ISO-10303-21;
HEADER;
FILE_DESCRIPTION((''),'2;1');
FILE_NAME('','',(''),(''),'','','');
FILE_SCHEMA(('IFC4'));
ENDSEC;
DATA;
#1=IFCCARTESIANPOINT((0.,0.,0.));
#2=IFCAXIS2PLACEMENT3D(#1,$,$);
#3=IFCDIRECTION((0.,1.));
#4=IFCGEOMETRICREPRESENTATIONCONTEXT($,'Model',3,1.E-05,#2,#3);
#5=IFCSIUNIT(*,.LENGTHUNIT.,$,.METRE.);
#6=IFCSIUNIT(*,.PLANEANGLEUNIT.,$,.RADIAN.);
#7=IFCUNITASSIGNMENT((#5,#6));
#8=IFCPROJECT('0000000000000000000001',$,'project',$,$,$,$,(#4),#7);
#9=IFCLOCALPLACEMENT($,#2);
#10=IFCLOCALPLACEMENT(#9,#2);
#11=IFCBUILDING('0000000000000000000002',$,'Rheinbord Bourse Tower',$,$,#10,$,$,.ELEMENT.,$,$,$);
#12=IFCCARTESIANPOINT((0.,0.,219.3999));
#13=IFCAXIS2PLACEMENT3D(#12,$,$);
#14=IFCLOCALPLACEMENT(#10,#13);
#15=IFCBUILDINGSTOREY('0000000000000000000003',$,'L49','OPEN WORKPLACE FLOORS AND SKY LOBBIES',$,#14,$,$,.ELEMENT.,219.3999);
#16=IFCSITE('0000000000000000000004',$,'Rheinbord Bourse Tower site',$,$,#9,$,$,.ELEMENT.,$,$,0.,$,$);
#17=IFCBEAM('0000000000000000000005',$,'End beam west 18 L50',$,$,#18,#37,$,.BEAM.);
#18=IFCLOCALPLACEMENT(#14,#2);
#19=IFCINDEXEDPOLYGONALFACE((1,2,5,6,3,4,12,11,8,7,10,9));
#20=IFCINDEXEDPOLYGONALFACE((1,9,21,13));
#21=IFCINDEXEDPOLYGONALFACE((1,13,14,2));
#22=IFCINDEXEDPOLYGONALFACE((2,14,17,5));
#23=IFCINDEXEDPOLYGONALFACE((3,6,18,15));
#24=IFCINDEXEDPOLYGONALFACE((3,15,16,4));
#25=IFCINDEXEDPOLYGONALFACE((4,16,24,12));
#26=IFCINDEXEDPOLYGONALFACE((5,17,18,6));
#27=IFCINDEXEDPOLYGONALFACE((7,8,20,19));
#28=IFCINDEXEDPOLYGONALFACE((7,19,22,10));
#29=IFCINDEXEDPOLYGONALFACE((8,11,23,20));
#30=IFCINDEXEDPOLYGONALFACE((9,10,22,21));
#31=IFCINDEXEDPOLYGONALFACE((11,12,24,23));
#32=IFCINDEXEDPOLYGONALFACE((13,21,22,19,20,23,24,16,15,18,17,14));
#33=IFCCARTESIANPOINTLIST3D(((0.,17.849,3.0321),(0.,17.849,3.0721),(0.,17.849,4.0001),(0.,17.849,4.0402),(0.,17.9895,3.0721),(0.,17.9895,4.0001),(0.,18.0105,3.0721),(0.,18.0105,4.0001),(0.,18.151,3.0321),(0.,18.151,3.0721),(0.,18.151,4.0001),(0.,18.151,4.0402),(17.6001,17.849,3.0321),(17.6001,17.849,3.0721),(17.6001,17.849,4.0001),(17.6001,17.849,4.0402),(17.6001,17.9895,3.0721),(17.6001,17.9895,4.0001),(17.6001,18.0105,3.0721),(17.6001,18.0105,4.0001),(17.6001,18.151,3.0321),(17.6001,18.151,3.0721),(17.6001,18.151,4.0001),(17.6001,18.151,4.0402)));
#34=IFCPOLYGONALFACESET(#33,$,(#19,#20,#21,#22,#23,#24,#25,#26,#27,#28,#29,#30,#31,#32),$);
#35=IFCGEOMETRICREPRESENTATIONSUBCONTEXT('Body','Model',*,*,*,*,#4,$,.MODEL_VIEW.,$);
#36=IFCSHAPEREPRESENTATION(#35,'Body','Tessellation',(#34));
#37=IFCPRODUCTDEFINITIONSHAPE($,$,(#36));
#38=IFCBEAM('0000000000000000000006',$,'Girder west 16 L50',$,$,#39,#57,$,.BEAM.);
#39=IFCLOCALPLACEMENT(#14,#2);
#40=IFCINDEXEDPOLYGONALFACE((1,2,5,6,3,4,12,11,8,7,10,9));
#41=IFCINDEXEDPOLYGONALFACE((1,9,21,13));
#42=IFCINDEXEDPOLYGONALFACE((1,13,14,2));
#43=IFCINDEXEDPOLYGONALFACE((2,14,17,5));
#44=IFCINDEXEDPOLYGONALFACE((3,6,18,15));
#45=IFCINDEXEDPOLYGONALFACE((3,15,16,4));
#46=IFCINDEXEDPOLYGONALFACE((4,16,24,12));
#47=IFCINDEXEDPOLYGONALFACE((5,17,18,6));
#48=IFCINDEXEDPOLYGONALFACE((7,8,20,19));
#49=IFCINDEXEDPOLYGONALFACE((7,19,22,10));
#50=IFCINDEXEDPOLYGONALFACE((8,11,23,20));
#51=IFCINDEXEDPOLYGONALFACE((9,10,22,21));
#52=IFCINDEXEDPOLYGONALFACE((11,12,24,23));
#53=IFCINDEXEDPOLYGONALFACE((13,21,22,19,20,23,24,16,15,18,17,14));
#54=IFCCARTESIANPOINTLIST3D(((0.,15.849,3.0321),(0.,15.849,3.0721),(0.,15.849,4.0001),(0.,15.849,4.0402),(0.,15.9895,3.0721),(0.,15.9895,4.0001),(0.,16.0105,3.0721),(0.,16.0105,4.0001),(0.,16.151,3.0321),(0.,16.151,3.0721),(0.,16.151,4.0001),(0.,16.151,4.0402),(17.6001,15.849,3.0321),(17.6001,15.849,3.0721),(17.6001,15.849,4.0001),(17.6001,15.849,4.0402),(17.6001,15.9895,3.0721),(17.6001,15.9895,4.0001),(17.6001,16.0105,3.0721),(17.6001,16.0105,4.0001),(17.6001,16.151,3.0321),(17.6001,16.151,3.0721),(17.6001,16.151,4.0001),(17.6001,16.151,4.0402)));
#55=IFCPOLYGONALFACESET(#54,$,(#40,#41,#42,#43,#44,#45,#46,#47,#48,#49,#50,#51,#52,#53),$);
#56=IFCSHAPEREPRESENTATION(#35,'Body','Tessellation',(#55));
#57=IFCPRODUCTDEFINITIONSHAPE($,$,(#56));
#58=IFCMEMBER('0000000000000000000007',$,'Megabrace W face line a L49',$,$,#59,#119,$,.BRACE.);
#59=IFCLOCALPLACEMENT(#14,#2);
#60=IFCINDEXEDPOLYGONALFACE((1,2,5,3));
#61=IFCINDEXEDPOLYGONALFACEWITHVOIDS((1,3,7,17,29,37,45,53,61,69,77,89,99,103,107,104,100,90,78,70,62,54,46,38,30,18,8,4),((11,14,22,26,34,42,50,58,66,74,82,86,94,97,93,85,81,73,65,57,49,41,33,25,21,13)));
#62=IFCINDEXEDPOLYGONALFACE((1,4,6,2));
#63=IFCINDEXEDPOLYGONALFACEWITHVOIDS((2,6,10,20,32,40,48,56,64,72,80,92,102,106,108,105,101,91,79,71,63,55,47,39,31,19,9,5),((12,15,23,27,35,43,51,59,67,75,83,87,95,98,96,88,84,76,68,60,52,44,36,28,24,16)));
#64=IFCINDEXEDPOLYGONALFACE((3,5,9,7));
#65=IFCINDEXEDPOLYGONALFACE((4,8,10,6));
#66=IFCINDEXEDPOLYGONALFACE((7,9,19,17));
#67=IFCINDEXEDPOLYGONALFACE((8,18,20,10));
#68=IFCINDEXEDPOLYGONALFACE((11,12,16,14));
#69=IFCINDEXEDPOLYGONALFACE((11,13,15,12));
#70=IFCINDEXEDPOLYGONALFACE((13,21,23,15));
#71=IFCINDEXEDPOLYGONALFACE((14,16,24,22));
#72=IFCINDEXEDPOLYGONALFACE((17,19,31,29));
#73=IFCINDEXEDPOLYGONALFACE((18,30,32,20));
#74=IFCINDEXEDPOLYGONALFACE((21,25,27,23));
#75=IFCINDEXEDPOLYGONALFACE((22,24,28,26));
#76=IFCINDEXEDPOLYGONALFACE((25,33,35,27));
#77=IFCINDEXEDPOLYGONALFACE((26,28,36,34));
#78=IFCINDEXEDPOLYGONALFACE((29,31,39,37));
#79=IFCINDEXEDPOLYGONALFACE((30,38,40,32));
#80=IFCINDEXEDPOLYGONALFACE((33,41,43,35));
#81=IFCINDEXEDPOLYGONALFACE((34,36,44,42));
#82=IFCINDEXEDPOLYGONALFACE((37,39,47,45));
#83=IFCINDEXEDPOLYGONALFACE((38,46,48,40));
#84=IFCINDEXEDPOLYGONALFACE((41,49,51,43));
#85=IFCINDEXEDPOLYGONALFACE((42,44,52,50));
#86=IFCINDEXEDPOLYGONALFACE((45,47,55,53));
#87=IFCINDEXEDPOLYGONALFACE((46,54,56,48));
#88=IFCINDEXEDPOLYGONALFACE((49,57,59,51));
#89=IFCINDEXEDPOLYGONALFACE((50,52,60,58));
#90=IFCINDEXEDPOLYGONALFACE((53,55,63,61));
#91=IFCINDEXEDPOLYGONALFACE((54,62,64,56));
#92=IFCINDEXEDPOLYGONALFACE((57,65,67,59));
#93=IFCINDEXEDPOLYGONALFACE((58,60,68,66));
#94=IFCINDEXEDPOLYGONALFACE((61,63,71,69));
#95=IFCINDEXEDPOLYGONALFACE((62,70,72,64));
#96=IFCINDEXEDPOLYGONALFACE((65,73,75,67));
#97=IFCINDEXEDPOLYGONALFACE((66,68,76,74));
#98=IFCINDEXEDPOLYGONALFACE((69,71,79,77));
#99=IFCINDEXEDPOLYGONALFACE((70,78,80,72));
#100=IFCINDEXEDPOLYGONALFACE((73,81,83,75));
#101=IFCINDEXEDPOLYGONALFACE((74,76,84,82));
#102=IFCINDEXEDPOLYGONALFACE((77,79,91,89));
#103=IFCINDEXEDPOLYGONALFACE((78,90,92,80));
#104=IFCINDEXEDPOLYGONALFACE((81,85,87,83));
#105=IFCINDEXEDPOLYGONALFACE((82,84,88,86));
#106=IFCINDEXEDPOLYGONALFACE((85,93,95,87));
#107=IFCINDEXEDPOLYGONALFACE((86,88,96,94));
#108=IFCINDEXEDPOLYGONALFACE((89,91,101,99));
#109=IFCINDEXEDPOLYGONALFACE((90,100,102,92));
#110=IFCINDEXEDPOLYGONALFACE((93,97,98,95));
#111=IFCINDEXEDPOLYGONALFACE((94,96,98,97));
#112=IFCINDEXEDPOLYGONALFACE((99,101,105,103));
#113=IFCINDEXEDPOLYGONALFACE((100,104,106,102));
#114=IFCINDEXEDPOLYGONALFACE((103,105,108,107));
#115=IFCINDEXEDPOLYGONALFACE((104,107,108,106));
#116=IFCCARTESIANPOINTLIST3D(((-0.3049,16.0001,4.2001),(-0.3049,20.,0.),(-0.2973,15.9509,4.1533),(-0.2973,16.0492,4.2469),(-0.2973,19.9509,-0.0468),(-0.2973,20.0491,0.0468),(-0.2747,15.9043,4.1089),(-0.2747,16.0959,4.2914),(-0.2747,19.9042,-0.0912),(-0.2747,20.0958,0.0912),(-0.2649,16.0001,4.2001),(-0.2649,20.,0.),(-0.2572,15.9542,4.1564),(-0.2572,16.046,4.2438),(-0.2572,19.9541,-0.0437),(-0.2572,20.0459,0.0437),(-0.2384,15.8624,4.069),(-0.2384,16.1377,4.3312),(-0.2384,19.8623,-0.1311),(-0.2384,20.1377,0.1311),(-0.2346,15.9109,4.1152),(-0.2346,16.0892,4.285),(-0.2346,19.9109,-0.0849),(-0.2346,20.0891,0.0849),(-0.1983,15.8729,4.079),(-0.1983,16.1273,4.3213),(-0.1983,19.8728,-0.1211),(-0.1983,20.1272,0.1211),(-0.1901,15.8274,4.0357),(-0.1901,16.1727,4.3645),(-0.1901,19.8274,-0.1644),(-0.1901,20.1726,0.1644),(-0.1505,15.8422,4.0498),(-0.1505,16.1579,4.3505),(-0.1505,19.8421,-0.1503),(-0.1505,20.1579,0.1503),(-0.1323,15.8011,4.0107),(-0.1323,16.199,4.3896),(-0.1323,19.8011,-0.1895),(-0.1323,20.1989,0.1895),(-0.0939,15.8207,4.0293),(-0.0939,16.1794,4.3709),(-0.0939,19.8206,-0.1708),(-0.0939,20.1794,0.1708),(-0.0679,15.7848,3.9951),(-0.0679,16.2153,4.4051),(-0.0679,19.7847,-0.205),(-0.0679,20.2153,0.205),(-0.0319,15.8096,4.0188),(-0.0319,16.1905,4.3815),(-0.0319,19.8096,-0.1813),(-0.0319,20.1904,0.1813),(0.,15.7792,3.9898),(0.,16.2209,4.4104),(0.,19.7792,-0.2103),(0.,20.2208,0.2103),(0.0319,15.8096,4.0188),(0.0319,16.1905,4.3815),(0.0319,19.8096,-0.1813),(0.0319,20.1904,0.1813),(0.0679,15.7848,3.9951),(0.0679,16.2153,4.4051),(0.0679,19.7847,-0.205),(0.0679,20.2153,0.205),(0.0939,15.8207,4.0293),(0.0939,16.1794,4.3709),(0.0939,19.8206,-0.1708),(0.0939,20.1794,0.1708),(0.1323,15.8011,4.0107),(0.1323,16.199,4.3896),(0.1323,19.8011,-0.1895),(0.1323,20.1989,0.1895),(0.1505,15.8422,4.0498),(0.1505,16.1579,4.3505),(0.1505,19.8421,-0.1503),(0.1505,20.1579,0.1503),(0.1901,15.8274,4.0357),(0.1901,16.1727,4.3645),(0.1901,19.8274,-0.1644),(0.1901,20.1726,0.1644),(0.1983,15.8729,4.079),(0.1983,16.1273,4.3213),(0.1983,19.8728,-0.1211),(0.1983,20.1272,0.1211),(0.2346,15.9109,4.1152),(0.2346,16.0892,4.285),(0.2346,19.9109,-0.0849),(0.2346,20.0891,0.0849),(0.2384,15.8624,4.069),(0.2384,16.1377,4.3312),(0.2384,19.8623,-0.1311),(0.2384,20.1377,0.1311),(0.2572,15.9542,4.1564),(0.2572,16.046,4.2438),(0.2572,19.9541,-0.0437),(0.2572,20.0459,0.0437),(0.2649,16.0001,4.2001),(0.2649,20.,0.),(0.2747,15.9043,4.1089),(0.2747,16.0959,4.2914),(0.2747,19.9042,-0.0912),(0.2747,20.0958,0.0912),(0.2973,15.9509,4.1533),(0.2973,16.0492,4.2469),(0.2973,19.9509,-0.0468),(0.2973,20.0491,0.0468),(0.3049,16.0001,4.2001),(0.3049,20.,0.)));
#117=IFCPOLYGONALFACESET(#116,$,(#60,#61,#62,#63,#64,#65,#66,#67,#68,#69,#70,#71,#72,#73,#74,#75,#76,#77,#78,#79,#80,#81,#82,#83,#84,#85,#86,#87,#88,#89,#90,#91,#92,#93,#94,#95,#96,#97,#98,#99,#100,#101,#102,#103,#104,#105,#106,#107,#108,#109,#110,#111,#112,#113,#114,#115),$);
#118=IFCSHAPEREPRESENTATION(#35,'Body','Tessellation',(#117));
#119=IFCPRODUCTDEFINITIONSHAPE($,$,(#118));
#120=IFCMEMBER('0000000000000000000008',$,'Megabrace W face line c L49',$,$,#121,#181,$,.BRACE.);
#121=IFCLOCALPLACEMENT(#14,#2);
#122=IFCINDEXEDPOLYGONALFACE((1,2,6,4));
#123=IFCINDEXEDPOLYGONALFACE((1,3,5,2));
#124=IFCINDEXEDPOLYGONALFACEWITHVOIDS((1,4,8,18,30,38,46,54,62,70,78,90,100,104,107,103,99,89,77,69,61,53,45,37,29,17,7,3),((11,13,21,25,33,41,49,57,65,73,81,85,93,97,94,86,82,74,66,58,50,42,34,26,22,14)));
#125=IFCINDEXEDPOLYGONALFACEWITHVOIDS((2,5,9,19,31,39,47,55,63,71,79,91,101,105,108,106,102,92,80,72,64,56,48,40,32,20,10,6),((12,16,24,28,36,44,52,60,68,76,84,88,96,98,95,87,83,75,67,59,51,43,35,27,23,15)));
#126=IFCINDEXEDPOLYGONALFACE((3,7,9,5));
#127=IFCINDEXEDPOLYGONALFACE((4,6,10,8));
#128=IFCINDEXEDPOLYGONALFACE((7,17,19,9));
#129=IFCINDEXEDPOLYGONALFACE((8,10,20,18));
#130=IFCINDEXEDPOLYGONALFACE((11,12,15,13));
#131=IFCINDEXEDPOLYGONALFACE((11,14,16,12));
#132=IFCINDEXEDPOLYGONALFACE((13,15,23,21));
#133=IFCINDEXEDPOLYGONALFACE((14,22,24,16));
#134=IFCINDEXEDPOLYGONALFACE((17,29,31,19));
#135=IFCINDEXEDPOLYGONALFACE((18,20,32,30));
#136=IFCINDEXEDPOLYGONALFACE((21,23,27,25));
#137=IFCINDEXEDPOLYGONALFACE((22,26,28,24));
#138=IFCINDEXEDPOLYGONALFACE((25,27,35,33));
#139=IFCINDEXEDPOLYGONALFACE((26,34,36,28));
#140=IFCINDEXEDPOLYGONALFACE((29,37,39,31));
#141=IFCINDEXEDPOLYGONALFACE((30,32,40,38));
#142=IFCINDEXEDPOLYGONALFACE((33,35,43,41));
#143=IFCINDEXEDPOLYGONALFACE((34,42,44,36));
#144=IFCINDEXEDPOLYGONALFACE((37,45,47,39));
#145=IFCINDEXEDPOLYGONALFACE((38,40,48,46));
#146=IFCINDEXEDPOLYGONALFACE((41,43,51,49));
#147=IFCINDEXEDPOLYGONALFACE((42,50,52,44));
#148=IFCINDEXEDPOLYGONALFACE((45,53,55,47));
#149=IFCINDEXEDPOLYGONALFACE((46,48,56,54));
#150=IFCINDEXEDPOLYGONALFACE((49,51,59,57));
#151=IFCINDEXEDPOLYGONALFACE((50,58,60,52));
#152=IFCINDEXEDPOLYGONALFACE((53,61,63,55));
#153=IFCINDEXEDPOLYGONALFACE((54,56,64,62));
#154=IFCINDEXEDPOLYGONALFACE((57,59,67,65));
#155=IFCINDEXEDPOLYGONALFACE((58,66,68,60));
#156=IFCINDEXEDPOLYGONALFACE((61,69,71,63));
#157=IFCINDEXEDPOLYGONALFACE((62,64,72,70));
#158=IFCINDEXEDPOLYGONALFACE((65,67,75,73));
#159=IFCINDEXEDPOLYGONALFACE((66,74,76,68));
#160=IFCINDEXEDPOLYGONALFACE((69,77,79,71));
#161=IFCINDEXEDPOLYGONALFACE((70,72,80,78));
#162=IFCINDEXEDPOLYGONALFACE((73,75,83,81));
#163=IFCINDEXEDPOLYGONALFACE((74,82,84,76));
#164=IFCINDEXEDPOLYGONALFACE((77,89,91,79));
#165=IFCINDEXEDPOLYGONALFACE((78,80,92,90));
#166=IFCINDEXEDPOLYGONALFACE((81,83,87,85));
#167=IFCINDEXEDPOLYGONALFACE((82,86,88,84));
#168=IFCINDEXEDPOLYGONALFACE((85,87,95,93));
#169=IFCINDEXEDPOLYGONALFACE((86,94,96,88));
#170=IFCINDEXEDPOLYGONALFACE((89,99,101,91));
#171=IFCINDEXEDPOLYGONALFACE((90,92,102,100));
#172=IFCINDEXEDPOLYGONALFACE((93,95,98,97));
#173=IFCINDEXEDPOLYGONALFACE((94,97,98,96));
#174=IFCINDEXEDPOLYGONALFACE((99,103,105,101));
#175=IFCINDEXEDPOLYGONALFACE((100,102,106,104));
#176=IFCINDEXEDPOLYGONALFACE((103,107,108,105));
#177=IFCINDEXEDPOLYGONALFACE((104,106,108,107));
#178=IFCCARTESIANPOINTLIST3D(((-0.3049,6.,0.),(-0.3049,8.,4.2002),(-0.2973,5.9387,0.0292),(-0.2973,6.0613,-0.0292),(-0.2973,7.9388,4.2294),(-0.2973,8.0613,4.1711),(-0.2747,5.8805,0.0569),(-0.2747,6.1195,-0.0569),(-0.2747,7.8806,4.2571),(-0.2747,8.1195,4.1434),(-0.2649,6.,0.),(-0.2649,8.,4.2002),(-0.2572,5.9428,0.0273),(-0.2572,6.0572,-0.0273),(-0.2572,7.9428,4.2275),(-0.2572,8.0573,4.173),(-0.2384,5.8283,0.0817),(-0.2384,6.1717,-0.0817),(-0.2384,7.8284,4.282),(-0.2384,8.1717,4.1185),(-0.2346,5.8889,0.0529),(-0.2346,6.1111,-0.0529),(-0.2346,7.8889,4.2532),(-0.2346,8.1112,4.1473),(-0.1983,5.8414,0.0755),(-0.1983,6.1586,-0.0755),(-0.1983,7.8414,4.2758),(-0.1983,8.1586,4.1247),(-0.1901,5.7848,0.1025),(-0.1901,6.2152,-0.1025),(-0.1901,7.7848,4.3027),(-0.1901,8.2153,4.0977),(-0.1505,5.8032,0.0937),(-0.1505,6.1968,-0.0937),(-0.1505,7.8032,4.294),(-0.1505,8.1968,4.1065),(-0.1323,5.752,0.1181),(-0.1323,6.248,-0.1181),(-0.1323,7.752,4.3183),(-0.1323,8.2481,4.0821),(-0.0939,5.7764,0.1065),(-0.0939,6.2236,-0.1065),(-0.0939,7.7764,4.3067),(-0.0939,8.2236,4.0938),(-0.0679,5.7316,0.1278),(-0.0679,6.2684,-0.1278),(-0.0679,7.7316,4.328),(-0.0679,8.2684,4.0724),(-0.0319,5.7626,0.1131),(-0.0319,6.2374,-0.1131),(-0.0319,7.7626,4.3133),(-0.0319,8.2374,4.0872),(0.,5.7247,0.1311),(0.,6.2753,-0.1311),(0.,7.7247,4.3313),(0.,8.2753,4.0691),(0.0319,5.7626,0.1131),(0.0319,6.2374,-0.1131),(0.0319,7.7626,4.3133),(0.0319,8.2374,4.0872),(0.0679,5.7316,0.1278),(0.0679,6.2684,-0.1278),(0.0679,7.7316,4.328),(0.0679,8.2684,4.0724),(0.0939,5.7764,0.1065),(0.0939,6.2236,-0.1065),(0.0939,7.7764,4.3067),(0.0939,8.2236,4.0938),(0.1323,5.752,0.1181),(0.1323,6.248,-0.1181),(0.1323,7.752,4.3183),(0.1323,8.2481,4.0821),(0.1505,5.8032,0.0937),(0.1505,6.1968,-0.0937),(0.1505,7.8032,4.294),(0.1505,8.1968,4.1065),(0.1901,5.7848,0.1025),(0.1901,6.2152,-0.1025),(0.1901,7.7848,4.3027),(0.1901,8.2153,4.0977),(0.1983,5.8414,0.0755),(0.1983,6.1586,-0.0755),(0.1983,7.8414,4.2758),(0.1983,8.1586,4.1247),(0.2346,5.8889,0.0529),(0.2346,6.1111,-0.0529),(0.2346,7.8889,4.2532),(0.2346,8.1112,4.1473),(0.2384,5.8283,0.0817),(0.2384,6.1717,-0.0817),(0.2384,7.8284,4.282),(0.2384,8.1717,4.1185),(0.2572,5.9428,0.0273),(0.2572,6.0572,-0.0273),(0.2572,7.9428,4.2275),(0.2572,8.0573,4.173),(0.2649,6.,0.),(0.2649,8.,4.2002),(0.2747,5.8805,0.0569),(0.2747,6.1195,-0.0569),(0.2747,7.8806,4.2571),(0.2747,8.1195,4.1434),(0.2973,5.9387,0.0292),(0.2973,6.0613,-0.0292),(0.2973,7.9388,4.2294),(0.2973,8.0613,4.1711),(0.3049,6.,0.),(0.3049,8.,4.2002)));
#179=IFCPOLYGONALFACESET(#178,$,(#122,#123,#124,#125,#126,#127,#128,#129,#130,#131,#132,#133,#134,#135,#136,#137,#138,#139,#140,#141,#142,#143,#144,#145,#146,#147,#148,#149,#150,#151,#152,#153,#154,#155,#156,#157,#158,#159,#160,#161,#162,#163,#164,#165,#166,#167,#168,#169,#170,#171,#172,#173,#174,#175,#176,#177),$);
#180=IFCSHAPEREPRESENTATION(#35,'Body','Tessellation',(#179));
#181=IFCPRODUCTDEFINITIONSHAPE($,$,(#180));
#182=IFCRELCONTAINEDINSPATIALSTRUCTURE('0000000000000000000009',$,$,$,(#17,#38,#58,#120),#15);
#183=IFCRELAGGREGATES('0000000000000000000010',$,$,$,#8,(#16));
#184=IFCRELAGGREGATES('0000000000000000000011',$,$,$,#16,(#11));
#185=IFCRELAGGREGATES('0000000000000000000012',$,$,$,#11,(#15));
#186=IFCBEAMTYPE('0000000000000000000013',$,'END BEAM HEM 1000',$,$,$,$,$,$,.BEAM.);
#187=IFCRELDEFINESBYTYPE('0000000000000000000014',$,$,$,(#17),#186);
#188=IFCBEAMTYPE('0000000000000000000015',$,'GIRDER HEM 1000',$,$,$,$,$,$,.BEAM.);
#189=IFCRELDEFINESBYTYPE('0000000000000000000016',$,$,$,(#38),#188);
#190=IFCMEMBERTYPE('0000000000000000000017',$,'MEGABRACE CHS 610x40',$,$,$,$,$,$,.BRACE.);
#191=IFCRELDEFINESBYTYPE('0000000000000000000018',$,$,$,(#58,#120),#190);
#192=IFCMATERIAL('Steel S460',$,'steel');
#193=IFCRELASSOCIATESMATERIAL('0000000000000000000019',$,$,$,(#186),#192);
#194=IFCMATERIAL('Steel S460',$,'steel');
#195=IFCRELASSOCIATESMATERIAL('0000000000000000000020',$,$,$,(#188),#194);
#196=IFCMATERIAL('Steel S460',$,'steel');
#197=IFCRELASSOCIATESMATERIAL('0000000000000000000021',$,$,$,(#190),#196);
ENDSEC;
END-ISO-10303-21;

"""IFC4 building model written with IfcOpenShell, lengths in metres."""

from ifc_helpers import new_model, si_unit, direction, frame, origin, origin_2d, place, context, subcontext, project, spatial, hollow_circle, i_section, extrude, material, material_profile, profile_set, type_object, element, save


model = new_model("IFC4")

# Units and contexts
model_context = context("Model", 3, precision=1e-05, world=origin(), true_north=direction((0.0, 1.0)))
body_context = subcontext(model_context, "Body", "Model", "MODEL_VIEW")
ifc_project = project(units=[si_unit("LENGTHUNIT", "METRE"), si_unit("PLANEANGLEUNIT", "RADIAN")], contexts=[model_context])

# Site, building, storey
site_placement = place(None, origin())
site = spatial("IfcSite", under=ifc_project, at=site_placement, Name="Rheinbord Bourse Tower site", CompositionType="ELEMENT", RefElevation=0.0)
building_placement = place(site_placement, origin())
building = spatial("IfcBuilding", under=site, at=building_placement, Name="Rheinbord Bourse Tower", CompositionType="ELEMENT")
storey_placement = place(building_placement, frame((0.0, 0.0, 219.3999)))
storey = spatial("IfcBuildingStorey", under=building, at=storey_placement, Name="L49", Description="OPEN WORKPLACE FLOORS AND SKY LOBBIES", CompositionType="ELEMENT", Elevation=219.3999)

# Beams
ifc_material_1 = material(Name="Steel S460", Category="steel")
ifc_material_profile_1 = material_profile(ifc_material_1, i_section(OverallWidth=0.302, OverallDepth=1.0081, WebThickness=0.021, FlangeThickness=0.04, at=origin_2d()), Name="HEM 1000")
ifc_profile_set_1 = profile_set([ifc_material_profile_1], Name="Steel S460")
beam_type_1 = type_object("IfcBeamType", Name="END BEAM HEM 1000", PredefinedType="BEAM", material=ifc_profile_set_1)
beam_1_placement = place(storey_placement, frame((0.0, 18.0, 3.5361), z_axis=(1.0, 0.0, 0.0), x_axis=(0.0, 1.0, 0.0)))
element("IfcBeam", 1, at=beam_1_placement, inside=storey, type_object=beam_type_1, Name="End beam west 18 L50", PredefinedType="BEAM", context=body_context, shape_type="SweptSolid", body=[
    extrude(i_section(OverallWidth=0.302, OverallDepth=1.0081, WebThickness=0.021, FlangeThickness=0.04, at=origin_2d()), origin(), (0.0, 0.0, 1.0), 17.6001),
])
ifc_material_2 = material(Name="Steel S460", Category="steel")
ifc_material_profile_2 = material_profile(ifc_material_2, i_section(OverallWidth=0.302, OverallDepth=1.0081, WebThickness=0.021, FlangeThickness=0.04, at=origin_2d()), Name="HEM 1000")
ifc_profile_set_2 = profile_set([ifc_material_profile_2], Name="Steel S460")
beam_type_2 = type_object("IfcBeamType", Name="GIRDER HEM 1000", PredefinedType="BEAM", material=ifc_profile_set_2)
beam_2_placement = place(storey_placement, frame((0.0, 16.0, 3.5361), z_axis=(1.0, 0.0, 0.0), x_axis=(0.0, 1.0, 0.0)))
element("IfcBeam", 2, at=beam_2_placement, inside=storey, type_object=beam_type_2, Name="Girder west 16 L50", PredefinedType="BEAM", context=body_context, shape_type="SweptSolid", body=[
    extrude(i_section(OverallWidth=0.302, OverallDepth=1.0081, WebThickness=0.021, FlangeThickness=0.04, at=origin_2d()), origin(), (0.0, 0.0, 1.0), 17.6001),
])

# Members
ifc_material_3 = material(Name="Steel S460", Category="steel")
ifc_material_profile_3 = material_profile(ifc_material_3, hollow_circle(Radius=0.3049, WallThickness=0.04, at=origin_2d()), Name="CHS 610x40")
ifc_profile_set_3 = profile_set([ifc_material_profile_3], Name="Steel S460")
member_type_1 = type_object("IfcMemberType", Name="MEGABRACE CHS 610x40", PredefinedType="BRACE", material=ifc_profile_set_3)
member_1_placement = place(storey_placement, frame((0.0, 20.0, 0.0), z_axis=(0.0, -0.689638, 0.724154), x_axis=(1.0, 0.0, 0.0)))
element("IfcMember", 3, at=member_1_placement, inside=storey, type_object=member_type_1, Name="Megabrace W face line a L49", PredefinedType="BRACE", context=body_context, shape_type="SweptSolid", body=[
    extrude(hollow_circle(Radius=0.3049, WallThickness=0.04, at=origin_2d()), origin(), (0.0, 0.0, 1.0), 5.8),
])
member_2_placement = place(storey_placement, frame((0.0, 6.0, 0.0), z_axis=(0.0, 0.429917, 0.902868), x_axis=(-1.0, 0.0, 0.0)))
element("IfcMember", 4, at=member_2_placement, inside=storey, type_object=member_type_1, Name="Megabrace W face line c L49", PredefinedType="BRACE", context=body_context, shape_type="SweptSolid", body=[
    extrude(hollow_circle(Radius=0.3049, WallThickness=0.04, at=origin_2d()), origin(), (0.0, 0.0, 1.0), 4.6521),
])

save(model, "model.ifc")
